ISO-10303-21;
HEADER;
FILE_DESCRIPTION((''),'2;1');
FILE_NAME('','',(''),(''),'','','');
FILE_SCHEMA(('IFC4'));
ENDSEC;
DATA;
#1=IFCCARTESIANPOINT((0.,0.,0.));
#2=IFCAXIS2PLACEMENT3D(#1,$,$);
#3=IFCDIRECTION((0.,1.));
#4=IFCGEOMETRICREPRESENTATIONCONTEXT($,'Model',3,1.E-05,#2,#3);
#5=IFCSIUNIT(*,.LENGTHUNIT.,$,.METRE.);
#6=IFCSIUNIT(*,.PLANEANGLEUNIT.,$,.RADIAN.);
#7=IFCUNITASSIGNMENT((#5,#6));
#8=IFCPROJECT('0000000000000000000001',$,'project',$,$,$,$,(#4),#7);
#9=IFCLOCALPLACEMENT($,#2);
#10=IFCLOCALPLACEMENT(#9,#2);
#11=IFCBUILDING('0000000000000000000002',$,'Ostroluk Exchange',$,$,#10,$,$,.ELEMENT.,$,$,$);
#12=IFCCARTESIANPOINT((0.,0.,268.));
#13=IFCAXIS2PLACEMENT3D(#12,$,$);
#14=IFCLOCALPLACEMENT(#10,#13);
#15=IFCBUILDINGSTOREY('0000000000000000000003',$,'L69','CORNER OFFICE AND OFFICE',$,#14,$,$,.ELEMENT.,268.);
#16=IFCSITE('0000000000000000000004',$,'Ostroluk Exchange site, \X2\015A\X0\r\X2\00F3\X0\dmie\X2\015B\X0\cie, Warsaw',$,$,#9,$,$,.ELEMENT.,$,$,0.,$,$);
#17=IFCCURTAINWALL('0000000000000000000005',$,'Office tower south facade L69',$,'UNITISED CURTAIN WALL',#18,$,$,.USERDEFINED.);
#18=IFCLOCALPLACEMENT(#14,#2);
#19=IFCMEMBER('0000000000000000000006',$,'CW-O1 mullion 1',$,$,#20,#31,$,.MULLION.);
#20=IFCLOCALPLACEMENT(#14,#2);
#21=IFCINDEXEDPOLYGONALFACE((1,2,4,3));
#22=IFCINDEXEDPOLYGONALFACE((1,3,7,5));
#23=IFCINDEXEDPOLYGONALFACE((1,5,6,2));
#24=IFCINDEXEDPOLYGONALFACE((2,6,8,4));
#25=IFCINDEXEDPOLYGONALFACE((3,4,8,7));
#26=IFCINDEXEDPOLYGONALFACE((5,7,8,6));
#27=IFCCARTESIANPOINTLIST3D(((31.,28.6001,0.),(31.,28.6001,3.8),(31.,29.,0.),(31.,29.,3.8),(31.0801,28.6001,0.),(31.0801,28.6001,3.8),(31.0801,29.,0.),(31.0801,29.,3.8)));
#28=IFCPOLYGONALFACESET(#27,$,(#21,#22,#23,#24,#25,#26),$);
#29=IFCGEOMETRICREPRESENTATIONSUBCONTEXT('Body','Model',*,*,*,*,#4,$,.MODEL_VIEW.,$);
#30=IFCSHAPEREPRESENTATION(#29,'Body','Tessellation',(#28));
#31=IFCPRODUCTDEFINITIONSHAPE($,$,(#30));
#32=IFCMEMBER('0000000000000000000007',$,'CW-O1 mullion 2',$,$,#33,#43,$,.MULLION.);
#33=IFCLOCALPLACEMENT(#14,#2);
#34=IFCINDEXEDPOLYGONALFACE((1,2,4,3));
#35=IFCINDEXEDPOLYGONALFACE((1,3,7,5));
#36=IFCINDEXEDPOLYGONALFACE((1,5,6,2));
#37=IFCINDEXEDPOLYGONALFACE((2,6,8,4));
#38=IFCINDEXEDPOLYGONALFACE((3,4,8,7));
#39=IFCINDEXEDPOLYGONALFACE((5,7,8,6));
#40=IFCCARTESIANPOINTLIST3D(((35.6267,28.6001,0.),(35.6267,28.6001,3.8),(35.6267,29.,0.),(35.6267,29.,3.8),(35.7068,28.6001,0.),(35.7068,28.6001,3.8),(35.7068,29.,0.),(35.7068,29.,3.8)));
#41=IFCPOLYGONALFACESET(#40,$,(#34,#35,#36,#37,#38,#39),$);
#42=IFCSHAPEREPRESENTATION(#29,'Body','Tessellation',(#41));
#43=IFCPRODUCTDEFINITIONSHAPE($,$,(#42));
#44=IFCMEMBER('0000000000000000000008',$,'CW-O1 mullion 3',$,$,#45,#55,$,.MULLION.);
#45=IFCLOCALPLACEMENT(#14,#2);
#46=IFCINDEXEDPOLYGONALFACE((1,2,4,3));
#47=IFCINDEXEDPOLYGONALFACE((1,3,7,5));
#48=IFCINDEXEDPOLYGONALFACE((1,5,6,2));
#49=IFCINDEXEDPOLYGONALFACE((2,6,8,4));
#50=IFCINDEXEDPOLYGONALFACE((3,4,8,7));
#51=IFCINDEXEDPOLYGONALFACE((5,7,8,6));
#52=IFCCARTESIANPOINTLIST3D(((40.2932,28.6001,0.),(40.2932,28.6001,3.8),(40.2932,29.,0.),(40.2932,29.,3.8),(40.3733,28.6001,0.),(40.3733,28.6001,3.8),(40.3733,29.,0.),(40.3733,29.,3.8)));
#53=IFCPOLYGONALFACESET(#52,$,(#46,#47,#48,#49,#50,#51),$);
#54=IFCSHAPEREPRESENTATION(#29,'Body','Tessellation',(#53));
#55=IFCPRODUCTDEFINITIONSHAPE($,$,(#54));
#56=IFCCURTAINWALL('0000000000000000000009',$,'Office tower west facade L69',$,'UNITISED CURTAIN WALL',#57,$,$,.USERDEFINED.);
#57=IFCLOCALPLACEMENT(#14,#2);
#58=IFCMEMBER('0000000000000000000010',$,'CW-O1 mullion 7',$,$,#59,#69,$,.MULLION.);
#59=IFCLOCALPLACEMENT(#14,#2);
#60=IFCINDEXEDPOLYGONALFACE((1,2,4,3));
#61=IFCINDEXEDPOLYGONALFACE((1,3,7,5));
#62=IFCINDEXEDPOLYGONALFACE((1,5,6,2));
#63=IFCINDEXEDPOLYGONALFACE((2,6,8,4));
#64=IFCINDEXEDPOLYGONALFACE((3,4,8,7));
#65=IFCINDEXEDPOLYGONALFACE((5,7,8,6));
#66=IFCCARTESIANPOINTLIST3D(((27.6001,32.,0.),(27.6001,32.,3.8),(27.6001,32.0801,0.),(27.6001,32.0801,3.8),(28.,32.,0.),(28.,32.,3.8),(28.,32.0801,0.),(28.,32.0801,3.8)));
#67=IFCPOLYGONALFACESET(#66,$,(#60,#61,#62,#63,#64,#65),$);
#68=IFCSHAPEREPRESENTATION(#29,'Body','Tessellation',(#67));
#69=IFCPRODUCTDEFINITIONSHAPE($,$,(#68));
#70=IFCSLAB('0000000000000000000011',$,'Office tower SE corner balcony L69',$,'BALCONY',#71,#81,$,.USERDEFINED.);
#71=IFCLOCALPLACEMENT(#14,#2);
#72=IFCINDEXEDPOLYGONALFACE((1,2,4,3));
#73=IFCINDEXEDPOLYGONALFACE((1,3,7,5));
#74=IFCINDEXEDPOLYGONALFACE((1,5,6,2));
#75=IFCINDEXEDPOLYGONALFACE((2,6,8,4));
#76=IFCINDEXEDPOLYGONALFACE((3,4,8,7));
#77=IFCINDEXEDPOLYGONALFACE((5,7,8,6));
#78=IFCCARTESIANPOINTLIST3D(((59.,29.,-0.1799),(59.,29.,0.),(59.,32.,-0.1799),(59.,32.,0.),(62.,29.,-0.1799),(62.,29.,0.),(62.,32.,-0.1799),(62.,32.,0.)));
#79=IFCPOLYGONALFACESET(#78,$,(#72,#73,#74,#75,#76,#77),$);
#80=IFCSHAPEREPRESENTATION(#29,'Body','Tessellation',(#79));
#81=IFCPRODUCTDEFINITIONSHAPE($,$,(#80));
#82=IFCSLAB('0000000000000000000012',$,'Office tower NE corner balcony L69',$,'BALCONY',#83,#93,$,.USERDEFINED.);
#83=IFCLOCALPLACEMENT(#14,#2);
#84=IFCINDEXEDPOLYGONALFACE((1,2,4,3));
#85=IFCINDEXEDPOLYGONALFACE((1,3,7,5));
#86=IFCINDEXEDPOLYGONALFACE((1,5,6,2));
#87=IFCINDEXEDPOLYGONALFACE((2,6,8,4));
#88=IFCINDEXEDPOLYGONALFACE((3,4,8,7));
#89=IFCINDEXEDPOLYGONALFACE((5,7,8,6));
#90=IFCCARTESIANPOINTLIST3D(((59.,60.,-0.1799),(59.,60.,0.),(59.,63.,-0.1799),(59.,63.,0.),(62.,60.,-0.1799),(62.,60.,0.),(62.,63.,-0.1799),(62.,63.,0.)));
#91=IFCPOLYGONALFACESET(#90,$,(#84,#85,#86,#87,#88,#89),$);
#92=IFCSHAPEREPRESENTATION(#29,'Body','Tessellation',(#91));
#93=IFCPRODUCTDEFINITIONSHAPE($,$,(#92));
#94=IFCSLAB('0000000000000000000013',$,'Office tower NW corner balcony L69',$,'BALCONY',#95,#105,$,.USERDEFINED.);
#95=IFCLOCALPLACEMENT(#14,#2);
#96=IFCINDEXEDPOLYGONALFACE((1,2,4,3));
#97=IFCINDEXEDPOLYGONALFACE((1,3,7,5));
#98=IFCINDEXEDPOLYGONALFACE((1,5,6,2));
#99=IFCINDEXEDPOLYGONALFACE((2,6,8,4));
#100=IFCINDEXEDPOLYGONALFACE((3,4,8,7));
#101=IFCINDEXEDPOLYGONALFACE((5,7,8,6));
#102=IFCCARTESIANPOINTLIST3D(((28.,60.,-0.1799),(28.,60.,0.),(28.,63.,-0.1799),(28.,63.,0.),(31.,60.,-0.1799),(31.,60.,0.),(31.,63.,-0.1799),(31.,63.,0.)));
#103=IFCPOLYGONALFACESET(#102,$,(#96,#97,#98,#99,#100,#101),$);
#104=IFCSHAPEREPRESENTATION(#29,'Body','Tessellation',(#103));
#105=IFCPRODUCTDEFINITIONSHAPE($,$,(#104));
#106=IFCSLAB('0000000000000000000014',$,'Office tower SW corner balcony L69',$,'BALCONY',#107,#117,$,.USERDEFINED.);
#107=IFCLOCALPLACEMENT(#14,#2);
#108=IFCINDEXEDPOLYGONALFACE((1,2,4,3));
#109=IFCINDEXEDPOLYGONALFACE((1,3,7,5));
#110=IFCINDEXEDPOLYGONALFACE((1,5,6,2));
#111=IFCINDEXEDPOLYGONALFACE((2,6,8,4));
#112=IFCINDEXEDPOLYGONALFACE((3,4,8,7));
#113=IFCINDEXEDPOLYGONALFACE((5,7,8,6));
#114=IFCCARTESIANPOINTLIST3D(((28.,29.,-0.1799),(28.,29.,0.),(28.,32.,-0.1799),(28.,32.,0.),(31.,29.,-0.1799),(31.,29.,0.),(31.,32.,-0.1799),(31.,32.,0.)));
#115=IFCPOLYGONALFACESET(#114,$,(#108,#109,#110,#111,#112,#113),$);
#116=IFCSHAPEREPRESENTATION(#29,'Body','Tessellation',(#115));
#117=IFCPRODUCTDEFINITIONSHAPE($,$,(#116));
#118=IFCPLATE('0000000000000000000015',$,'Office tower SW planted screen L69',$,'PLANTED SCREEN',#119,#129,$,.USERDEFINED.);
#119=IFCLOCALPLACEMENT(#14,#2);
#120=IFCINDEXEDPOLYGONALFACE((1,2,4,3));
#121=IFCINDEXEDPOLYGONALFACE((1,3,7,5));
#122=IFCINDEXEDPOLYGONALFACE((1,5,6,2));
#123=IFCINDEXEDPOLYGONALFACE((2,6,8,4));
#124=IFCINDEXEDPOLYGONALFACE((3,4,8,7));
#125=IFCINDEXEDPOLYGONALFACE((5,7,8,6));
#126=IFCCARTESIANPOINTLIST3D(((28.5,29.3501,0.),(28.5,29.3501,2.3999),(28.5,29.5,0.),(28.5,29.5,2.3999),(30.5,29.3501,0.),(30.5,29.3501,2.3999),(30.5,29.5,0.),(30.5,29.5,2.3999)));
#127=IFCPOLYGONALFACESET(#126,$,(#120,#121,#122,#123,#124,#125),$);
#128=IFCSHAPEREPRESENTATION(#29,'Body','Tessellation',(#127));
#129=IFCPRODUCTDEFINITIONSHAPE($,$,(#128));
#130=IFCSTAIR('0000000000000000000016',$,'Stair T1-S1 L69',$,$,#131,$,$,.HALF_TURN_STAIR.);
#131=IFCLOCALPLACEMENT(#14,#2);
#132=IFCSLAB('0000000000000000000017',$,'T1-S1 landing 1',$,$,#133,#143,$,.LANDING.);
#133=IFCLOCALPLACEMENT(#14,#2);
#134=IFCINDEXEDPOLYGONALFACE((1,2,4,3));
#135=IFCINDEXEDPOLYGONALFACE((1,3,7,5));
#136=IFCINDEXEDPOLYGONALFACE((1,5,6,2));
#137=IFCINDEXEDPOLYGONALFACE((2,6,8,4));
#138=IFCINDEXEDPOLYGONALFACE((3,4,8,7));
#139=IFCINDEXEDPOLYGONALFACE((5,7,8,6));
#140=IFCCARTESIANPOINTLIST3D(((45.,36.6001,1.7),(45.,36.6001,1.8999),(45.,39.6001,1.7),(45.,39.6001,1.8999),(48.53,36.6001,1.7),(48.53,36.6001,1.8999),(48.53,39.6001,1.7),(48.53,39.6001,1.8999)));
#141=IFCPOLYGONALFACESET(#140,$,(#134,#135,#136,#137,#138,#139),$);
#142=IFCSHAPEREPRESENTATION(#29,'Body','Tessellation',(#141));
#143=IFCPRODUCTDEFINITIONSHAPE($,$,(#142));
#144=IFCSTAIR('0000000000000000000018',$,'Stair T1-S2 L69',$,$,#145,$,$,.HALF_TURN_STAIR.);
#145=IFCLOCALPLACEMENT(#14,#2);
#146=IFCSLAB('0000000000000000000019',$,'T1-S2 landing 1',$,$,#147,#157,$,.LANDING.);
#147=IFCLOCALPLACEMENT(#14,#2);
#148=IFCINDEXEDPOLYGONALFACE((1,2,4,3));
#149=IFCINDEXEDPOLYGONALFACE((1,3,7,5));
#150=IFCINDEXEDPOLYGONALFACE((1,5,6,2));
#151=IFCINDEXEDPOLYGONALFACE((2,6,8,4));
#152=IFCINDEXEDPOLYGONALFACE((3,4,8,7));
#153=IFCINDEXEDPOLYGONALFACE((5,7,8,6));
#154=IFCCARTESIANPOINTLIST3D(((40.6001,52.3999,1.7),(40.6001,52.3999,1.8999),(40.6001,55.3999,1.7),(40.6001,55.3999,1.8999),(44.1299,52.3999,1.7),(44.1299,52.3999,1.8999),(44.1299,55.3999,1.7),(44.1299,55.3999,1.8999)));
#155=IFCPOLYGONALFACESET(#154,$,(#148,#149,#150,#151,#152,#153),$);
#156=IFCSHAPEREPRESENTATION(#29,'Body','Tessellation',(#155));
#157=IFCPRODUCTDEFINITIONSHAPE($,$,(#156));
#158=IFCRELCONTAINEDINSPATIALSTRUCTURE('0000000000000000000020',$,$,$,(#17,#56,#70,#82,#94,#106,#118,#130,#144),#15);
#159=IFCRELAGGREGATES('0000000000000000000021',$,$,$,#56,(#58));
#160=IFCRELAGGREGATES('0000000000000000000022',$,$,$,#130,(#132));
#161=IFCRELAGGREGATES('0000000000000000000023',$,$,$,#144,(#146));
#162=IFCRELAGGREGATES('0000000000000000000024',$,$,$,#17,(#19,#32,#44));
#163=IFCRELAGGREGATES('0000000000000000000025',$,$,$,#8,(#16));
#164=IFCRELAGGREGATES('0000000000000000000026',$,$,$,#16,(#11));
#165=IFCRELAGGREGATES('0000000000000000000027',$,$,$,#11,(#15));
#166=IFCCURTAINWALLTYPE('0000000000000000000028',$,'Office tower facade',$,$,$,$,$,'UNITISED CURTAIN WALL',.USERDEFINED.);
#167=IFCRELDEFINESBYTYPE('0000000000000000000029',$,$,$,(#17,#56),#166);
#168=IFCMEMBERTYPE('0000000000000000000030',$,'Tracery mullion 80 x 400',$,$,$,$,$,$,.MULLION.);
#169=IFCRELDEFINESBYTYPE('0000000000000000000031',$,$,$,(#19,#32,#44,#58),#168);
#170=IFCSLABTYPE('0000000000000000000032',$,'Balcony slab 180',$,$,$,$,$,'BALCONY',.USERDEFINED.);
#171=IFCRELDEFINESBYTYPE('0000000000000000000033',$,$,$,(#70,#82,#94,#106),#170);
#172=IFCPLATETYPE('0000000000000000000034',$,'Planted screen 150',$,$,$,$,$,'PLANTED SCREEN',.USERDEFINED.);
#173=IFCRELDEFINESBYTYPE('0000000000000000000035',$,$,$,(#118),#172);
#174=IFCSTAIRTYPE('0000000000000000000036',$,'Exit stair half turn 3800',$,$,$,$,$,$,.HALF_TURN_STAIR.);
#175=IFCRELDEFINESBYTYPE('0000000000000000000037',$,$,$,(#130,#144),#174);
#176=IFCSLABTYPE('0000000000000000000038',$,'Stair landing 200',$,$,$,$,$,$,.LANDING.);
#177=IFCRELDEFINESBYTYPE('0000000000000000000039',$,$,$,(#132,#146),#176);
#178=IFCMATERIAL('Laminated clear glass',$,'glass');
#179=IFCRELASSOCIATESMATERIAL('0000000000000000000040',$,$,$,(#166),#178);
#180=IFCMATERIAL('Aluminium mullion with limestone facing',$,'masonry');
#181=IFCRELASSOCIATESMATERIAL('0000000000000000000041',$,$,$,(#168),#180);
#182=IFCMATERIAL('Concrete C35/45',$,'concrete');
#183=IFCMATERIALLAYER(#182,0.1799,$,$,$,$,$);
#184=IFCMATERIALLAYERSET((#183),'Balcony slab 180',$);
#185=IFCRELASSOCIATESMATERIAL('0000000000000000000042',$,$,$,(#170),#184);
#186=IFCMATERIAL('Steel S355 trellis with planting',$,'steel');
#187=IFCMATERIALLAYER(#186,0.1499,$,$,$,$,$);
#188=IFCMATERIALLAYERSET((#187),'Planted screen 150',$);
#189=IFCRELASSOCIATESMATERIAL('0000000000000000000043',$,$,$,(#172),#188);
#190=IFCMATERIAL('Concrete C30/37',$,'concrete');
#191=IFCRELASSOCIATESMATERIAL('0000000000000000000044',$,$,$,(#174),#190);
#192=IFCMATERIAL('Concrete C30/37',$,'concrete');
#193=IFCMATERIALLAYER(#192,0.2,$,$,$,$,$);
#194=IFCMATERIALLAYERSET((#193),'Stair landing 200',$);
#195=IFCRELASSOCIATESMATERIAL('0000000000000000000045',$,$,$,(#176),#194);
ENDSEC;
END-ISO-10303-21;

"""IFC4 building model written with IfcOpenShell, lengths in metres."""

from ifc_helpers import new_model, si_unit, direction, frame, origin, origin_2d, place, context, subcontext, project, spatial, polyline, rectangle, outline, extrude, material, layer, layer_set, material_profile, profile_set, type_object, element, aggregate, save


model = new_model("IFC4")

# Units and contexts
model_context = context("Model", 3, precision=1e-05, world=origin(), true_north=direction((0.0, 1.0)))
body_context = subcontext(model_context, "Body", "Model", "MODEL_VIEW")
ifc_project = project(units=[si_unit("LENGTHUNIT", "METRE"), si_unit("PLANEANGLEUNIT", "RADIAN")], contexts=[model_context])

# Site, building, storey
site_placement = place(None, origin())
site = spatial("IfcSite", under=ifc_project, at=site_placement, Name="Ostroluk Exchange site, Śródmieście, Warsaw", CompositionType="ELEMENT", RefElevation=0.0)
building_placement = place(site_placement, origin())
building = spatial("IfcBuilding", under=site, at=building_placement, Name="Ostroluk Exchange", CompositionType="ELEMENT")
storey_placement = place(building_placement, frame((0.0, 0.0, 268.0)))
storey = spatial("IfcBuildingStorey", under=building, at=storey_placement, Name="L69", Description="CORNER OFFICE AND OFFICE", CompositionType="ELEMENT", Elevation=268.0)

# Curtain wall, members
ifc_material_1 = material(Name="Laminated clear glass", Category="glass")
curtain_wall_type = type_object("IfcCurtainWallType", Name="Office tower facade", ElementType="UNITISED CURTAIN WALL", PredefinedType="USERDEFINED", material=ifc_material_1)
curtain_wall_1_placement = place(storey_placement, origin())
curtain_wall_1 = element("IfcCurtainWall", 1, at=curtain_wall_1_placement, inside=storey, type_object=curtain_wall_type, Name="Office tower south facade L69", ObjectType="UNITISED CURTAIN WALL", PredefinedType="USERDEFINED")
ifc_material_2 = material(Name="Aluminium mullion with limestone facing", Category="masonry")
ifc_material_profile_1 = material_profile(ifc_material_2, rectangle(XDim=0.3999, YDim=0.0801, at=origin_2d()), Name="Tracery mullion 80 x 400")
ifc_profile_set_1 = profile_set([ifc_material_profile_1], Name="Aluminium mullion with limestone facing")
member_type_1 = type_object("IfcMemberType", Name="Tracery mullion 80 x 400", PredefinedType="MULLION", material=ifc_profile_set_1)
member_1_placement = place(storey_placement, frame((31.04, 28.8, 0.0), z_axis=(0.0, 0.0, 1.0), x_axis=(0.0, 1.0, 0.0)))
member_1 = element("IfcMember", 2, at=member_1_placement, type_object=member_type_1, Name="CW-O1 mullion 1", PredefinedType="MULLION", context=body_context, shape_type="SweptSolid", body=[
    extrude(rectangle(XDim=0.3999, YDim=0.0801, at=origin_2d()), origin(), (0.0, 0.0, 1.0), 3.8),
])
member_2_placement = place(storey_placement, frame((35.6667, 28.8, 0.0), z_axis=(0.0, 0.0, 1.0), x_axis=(0.0, 1.0, 0.0)))
member_2 = element("IfcMember", 3, at=member_2_placement, type_object=member_type_1, Name="CW-O1 mullion 2", PredefinedType="MULLION", context=body_context, shape_type="SweptSolid", body=[
    extrude(rectangle(XDim=0.3999, YDim=0.0801, at=origin_2d()), origin(), (0.0, 0.0, 1.0), 3.8),
])
member_3_placement = place(storey_placement, frame((40.3333, 28.8, 0.0), z_axis=(0.0, 0.0, 1.0), x_axis=(0.0, 1.0, 0.0)))
member_3 = element("IfcMember", 4, at=member_3_placement, type_object=member_type_1, Name="CW-O1 mullion 3", PredefinedType="MULLION", context=body_context, shape_type="SweptSolid", body=[
    extrude(rectangle(XDim=0.3999, YDim=0.0801, at=origin_2d()), origin(), (0.0, 0.0, 1.0), 3.8),
])

# Curtain wall, member
curtain_wall_2_placement = place(storey_placement, origin())
curtain_wall_2 = element("IfcCurtainWall", 5, at=curtain_wall_2_placement, inside=storey, type_object=curtain_wall_type, Name="Office tower west facade L69", ObjectType="UNITISED CURTAIN WALL", PredefinedType="USERDEFINED")
member_4_placement = place(storey_placement, frame((27.8, 32.04, 0.0), z_axis=(0.0, 0.0, 1.0), x_axis=(1.0, 0.0, 0.0)))
member_4 = element("IfcMember", 6, at=member_4_placement, type_object=member_type_1, Name="CW-O1 mullion 7", PredefinedType="MULLION", context=body_context, shape_type="SweptSolid", body=[
    extrude(rectangle(XDim=0.3999, YDim=0.0801, at=origin_2d()), origin(), (0.0, 0.0, 1.0), 3.8),
])
aggregate(curtain_wall_2, [member_4])

# Slabs
ifc_material_3 = material(Name="Concrete C35/45", Category="concrete")
ifc_layer_1 = layer(ifc_material_3, 0.1799)
ifc_layer_set_1 = layer_set([ifc_layer_1], Name="Balcony slab 180")
slab_type_1 = type_object("IfcSlabType", Name="Balcony slab 180", ElementType="BALCONY", PredefinedType="USERDEFINED", material=ifc_layer_set_1)
slab_1_placement = place(storey_placement, frame((0.0, 0.0, -0.1799)))
element("IfcSlab", 7, at=slab_1_placement, inside=storey, type_object=slab_type_1, Name="Office tower SE corner balcony L69", ObjectType="BALCONY", PredefinedType="USERDEFINED", context=body_context, shape_type="SweptSolid", body=[
    extrude(outline(polyline([(59.0, 29.0), (62.0, 29.0), (62.0, 32.0), (59.0, 32.0), (59.0, 29.0)])), origin(), (0.0, 0.0, 1.0), 0.1799),
])
slab_2_placement = place(storey_placement, frame((0.0, 0.0, -0.1799)))
element("IfcSlab", 8, at=slab_2_placement, inside=storey, type_object=slab_type_1, Name="Office tower NE corner balcony L69", ObjectType="BALCONY", PredefinedType="USERDEFINED", context=body_context, shape_type="SweptSolid", body=[
    extrude(outline(polyline([(59.0, 60.0), (62.0, 60.0), (62.0, 63.0), (59.0, 63.0), (59.0, 60.0)])), origin(), (0.0, 0.0, 1.0), 0.1799),
])
slab_3_placement = place(storey_placement, frame((0.0, 0.0, -0.1799)))
element("IfcSlab", 9, at=slab_3_placement, inside=storey, type_object=slab_type_1, Name="Office tower NW corner balcony L69", ObjectType="BALCONY", PredefinedType="USERDEFINED", context=body_context, shape_type="SweptSolid", body=[
    extrude(outline(polyline([(28.0, 60.0), (31.0, 60.0), (31.0, 63.0), (28.0, 63.0), (28.0, 60.0)])), origin(), (0.0, 0.0, 1.0), 0.1799),
])
slab_4_placement = place(storey_placement, frame((0.0, 0.0, -0.1799)))
element("IfcSlab", 10, at=slab_4_placement, inside=storey, type_object=slab_type_1, Name="Office tower SW corner balcony L69", ObjectType="BALCONY", PredefinedType="USERDEFINED", context=body_context, shape_type="SweptSolid", body=[
    extrude(outline(polyline([(28.0, 29.0), (31.0, 29.0), (31.0, 32.0), (28.0, 32.0), (28.0, 29.0)])), origin(), (0.0, 0.0, 1.0), 0.1799),
])

# Plate
ifc_material_4 = material(Name="Steel S355 trellis with planting", Category="steel")
ifc_layer_2 = layer(ifc_material_4, 0.1499)
ifc_layer_set_2 = layer_set([ifc_layer_2], Name="Planted screen 150")
plate_type_1 = type_object("IfcPlateType", Name="Planted screen 150", ElementType="PLANTED SCREEN", PredefinedType="USERDEFINED", material=ifc_layer_set_2)
plate_1_placement = place(storey_placement, frame((29.5, 29.425, 0.0), z_axis=(0.0, 0.0, 1.0), x_axis=(1.0, 0.0, 0.0)))
element("IfcPlate", 11, at=plate_1_placement, inside=storey, type_object=plate_type_1, Name="Office tower SW planted screen L69", ObjectType="PLANTED SCREEN", PredefinedType="USERDEFINED", context=body_context, shape_type="SweptSolid", body=[
    extrude(rectangle(XDim=2.0, YDim=0.1499, at=origin_2d()), origin(), (0.0, 0.0, 1.0), 2.3999),
])

# Stairs, slabs
ifc_material_5 = material(Name="Concrete C30/37", Category="concrete")
stair_type = type_object("IfcStairType", Name="Exit stair half turn 3800", PredefinedType="HALF_TURN_STAIR", material=ifc_material_5)
stair_1_placement = place(storey_placement, origin())
stair_1 = element("IfcStair", 12, at=stair_1_placement, inside=storey, type_object=stair_type, Name="Stair T1-S1 L69", PredefinedType="HALF_TURN_STAIR")
ifc_material_6 = material(Name="Concrete C30/37", Category="concrete")
ifc_layer_3 = layer(ifc_material_6, 0.2)
ifc_layer_set_3 = layer_set([ifc_layer_3], Name="Stair landing 200")
slab_type_2 = type_object("IfcSlabType", Name="Stair landing 200", PredefinedType="LANDING", material=ifc_layer_set_3)
slab_5_placement = place(storey_placement, frame((0.0, 0.0, 1.7)))
slab_5 = element("IfcSlab", 13, at=slab_5_placement, type_object=slab_type_2, Name="T1-S1 landing 1", PredefinedType="LANDING", context=body_context, shape_type="SweptSolid", body=[
    extrude(outline(polyline([(45.0, 36.6001), (45.0, 39.6001), (48.53, 39.6001), (48.53, 36.6001), (45.0, 36.6001)])), origin(), (0.0, 0.0, 1.0), 0.2),
])
aggregate(stair_1, [slab_5])
stair_2_placement = place(storey_placement, origin())
stair_2 = element("IfcStair", 14, at=stair_2_placement, inside=storey, type_object=stair_type, Name="Stair T1-S2 L69", PredefinedType="HALF_TURN_STAIR")
slab_6_placement = place(storey_placement, frame((0.0, 0.0, 1.7)))
slab_6 = element("IfcSlab", 15, at=slab_6_placement, type_object=slab_type_2, Name="T1-S2 landing 1", PredefinedType="LANDING", context=body_context, shape_type="SweptSolid", body=[
    extrude(outline(polyline([(44.1299, 52.3999), (44.1299, 55.3999), (40.6001, 55.3999), (40.6001, 52.3999), (44.1299, 52.3999)])), origin(), (0.0, 0.0, 1.0), 0.2),
])
aggregate(stair_2, [slab_6])

aggregate(curtain_wall_1, [member_1, member_2, member_3])

save(model, "model.ifc")
